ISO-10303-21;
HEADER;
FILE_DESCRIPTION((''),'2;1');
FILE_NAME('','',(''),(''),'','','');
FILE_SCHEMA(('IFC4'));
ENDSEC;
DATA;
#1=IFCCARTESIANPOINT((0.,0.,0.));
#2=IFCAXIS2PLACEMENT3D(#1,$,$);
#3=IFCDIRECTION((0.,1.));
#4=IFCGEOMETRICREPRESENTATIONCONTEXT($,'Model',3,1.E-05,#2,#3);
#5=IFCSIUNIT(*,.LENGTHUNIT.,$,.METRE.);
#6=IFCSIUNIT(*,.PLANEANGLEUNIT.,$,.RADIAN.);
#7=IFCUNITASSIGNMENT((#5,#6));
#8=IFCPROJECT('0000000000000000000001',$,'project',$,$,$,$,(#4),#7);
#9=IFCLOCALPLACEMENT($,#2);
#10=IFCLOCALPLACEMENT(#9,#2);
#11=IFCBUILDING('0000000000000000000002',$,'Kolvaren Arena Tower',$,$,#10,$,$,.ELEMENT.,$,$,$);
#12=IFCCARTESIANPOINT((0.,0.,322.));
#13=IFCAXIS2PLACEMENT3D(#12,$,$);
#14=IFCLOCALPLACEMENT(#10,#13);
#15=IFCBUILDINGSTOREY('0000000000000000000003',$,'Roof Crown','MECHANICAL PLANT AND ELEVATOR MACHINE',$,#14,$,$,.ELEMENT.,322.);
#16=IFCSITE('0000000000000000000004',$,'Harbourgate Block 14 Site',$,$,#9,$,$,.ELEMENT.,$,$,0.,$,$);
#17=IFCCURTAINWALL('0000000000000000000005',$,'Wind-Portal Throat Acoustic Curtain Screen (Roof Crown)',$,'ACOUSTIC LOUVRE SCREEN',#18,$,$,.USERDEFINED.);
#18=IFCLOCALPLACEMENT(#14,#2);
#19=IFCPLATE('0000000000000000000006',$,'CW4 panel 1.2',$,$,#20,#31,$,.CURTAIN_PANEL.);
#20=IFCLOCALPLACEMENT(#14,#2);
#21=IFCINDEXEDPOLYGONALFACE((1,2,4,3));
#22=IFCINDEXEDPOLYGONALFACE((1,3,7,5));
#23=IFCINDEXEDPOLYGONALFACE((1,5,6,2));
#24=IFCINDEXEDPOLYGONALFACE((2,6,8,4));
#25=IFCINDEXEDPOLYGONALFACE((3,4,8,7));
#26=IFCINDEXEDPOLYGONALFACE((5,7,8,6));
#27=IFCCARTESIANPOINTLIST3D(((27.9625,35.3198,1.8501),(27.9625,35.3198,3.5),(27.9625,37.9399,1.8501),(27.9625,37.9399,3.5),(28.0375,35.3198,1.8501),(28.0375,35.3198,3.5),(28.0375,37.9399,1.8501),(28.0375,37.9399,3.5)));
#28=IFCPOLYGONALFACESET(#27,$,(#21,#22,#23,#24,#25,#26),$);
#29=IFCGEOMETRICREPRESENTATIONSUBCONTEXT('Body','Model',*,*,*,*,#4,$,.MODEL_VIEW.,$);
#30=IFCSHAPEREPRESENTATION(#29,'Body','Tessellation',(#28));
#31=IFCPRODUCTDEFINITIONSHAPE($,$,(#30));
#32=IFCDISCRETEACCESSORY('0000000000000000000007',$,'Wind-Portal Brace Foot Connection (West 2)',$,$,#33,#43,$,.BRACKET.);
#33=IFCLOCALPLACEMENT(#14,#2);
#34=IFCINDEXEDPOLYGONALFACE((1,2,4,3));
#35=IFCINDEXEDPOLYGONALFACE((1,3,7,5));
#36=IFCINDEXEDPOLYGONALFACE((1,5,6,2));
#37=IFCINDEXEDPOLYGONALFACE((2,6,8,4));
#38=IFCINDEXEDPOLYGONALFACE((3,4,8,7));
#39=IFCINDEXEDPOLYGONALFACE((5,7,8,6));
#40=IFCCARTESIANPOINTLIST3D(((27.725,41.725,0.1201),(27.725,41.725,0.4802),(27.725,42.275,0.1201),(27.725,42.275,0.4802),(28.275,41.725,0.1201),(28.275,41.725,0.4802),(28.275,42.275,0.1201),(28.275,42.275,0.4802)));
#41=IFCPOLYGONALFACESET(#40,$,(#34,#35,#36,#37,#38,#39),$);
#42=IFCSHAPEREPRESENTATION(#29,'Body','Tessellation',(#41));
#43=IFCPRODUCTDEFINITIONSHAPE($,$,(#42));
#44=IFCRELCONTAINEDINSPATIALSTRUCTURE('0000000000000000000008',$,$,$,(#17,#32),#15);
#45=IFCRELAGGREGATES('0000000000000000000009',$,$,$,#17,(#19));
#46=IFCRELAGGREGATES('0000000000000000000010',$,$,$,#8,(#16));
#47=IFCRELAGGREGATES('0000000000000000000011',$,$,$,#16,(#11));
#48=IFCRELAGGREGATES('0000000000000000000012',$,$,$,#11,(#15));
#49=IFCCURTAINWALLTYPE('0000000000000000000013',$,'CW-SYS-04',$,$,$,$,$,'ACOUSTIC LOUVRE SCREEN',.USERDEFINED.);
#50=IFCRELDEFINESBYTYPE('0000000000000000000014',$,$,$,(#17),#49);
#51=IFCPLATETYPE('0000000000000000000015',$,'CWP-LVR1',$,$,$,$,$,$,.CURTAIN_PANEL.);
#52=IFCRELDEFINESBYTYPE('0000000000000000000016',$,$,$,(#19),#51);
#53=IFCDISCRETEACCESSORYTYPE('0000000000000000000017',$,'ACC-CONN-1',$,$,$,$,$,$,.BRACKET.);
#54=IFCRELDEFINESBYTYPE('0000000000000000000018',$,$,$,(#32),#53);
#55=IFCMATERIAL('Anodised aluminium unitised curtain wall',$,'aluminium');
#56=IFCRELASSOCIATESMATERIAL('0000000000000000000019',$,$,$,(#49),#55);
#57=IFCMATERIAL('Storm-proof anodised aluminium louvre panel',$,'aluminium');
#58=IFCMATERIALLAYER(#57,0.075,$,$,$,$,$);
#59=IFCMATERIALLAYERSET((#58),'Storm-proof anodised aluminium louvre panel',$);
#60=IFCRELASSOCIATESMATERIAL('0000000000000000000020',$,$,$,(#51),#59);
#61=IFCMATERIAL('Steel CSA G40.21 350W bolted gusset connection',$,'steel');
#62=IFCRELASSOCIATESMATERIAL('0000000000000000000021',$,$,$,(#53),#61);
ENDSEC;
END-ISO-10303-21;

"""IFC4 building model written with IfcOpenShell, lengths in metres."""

from ifc_helpers import new_model, si_unit, direction, frame, origin, origin_2d, place, context, subcontext, project, spatial, rectangle, extrude, material, layer, layer_set, type_object, element, aggregate, save


model = new_model("IFC4")

# Units and contexts
model_context = context("Model", 3, precision=1e-05, world=origin(), true_north=direction((0.0, 1.0)))
body_context = subcontext(model_context, "Body", "Model", "MODEL_VIEW")
ifc_project = project(units=[si_unit("LENGTHUNIT", "METRE"), si_unit("PLANEANGLEUNIT", "RADIAN")], contexts=[model_context])

# Site, building, storey
site_placement = place(None, origin())
site = spatial("IfcSite", under=ifc_project, at=site_placement, Name="Harbourgate Block 14 Site", CompositionType="ELEMENT", RefElevation=0.0)
building_placement = place(site_placement, origin())
building = spatial("IfcBuilding", under=site, at=building_placement, Name="Kolvaren Arena Tower", CompositionType="ELEMENT")
storey_placement = place(building_placement, frame((0.0, 0.0, 322.0)))
storey = spatial("IfcBuildingStorey", under=building, at=storey_placement, Name="Roof Crown", Description="MECHANICAL PLANT AND ELEVATOR MACHINE", CompositionType="ELEMENT", Elevation=322.0)

# Curtain wall
ifc_material_1 = material(Name="Anodised aluminium unitised curtain wall", Category="aluminium")
curtain_wall_type = type_object("IfcCurtainWallType", Name="CW-SYS-04", ElementType="ACOUSTIC LOUVRE SCREEN", PredefinedType="USERDEFINED", material=ifc_material_1)
curtain_wall_1_placement = place(storey_placement, origin())
curtain_wall_1 = element("IfcCurtainWall", 1, at=curtain_wall_1_placement, inside=storey, type_object=curtain_wall_type, Name="Wind-Portal Throat Acoustic Curtain Screen (Roof Crown)", ObjectType="ACOUSTIC LOUVRE SCREEN", PredefinedType="USERDEFINED")

# Plate
ifc_material_2 = material(Name="Storm-proof anodised aluminium louvre panel", Category="aluminium")
ifc_layer = layer(ifc_material_2, 0.075)
ifc_layer_set = layer_set([ifc_layer], Name="Storm-proof anodised aluminium louvre panel")
plate_type = type_object("IfcPlateType", Name="CWP-LVR1", PredefinedType="CURTAIN_PANEL", material=ifc_layer_set)
plate_1_placement = place(storey_placement, frame((28.0, 36.6299, 1.8501), z_axis=(0.0, 0.0, 1.0), x_axis=(0.0, 1.0, 0.0)))
plate_1 = element("IfcPlate", 2, at=plate_1_placement, type_object=plate_type, Name="CW4 panel 1.2", PredefinedType="CURTAIN_PANEL", context=body_context, shape_type="SweptSolid", body=[
    extrude(rectangle(XDim=2.6201, YDim=0.075, at=origin_2d()), origin(), (0.0, 0.0, 1.0), 1.6499),
])
aggregate(curtain_wall_1, [plate_1])

# Discrete accessory
ifc_material_3 = material(Name="Steel CSA G40.21 350W bolted gusset connection", Category="steel")
discrete_accessory_type = type_object("IfcDiscreteAccessoryType", Name="ACC-CONN-1", PredefinedType="BRACKET", material=ifc_material_3)
discrete_accessory_placement = place(storey_placement, frame((28.0, 42.0, 0.1201), z_axis=(0.0, 0.0, 1.0), x_axis=(1.0, 0.0, 0.0)))
element("IfcDiscreteAccessory", 3, at=discrete_accessory_placement, inside=storey, type_object=discrete_accessory_type, Name="Wind-Portal Brace Foot Connection (West 2)", PredefinedType="BRACKET", context=body_context, shape_type="SweptSolid", body=[
    extrude(rectangle(XDim=0.55, YDim=0.55, at=origin_2d()), origin(), (0.0, 0.0, 1.0), 0.3601),
])

save(model, "model.ifc")
